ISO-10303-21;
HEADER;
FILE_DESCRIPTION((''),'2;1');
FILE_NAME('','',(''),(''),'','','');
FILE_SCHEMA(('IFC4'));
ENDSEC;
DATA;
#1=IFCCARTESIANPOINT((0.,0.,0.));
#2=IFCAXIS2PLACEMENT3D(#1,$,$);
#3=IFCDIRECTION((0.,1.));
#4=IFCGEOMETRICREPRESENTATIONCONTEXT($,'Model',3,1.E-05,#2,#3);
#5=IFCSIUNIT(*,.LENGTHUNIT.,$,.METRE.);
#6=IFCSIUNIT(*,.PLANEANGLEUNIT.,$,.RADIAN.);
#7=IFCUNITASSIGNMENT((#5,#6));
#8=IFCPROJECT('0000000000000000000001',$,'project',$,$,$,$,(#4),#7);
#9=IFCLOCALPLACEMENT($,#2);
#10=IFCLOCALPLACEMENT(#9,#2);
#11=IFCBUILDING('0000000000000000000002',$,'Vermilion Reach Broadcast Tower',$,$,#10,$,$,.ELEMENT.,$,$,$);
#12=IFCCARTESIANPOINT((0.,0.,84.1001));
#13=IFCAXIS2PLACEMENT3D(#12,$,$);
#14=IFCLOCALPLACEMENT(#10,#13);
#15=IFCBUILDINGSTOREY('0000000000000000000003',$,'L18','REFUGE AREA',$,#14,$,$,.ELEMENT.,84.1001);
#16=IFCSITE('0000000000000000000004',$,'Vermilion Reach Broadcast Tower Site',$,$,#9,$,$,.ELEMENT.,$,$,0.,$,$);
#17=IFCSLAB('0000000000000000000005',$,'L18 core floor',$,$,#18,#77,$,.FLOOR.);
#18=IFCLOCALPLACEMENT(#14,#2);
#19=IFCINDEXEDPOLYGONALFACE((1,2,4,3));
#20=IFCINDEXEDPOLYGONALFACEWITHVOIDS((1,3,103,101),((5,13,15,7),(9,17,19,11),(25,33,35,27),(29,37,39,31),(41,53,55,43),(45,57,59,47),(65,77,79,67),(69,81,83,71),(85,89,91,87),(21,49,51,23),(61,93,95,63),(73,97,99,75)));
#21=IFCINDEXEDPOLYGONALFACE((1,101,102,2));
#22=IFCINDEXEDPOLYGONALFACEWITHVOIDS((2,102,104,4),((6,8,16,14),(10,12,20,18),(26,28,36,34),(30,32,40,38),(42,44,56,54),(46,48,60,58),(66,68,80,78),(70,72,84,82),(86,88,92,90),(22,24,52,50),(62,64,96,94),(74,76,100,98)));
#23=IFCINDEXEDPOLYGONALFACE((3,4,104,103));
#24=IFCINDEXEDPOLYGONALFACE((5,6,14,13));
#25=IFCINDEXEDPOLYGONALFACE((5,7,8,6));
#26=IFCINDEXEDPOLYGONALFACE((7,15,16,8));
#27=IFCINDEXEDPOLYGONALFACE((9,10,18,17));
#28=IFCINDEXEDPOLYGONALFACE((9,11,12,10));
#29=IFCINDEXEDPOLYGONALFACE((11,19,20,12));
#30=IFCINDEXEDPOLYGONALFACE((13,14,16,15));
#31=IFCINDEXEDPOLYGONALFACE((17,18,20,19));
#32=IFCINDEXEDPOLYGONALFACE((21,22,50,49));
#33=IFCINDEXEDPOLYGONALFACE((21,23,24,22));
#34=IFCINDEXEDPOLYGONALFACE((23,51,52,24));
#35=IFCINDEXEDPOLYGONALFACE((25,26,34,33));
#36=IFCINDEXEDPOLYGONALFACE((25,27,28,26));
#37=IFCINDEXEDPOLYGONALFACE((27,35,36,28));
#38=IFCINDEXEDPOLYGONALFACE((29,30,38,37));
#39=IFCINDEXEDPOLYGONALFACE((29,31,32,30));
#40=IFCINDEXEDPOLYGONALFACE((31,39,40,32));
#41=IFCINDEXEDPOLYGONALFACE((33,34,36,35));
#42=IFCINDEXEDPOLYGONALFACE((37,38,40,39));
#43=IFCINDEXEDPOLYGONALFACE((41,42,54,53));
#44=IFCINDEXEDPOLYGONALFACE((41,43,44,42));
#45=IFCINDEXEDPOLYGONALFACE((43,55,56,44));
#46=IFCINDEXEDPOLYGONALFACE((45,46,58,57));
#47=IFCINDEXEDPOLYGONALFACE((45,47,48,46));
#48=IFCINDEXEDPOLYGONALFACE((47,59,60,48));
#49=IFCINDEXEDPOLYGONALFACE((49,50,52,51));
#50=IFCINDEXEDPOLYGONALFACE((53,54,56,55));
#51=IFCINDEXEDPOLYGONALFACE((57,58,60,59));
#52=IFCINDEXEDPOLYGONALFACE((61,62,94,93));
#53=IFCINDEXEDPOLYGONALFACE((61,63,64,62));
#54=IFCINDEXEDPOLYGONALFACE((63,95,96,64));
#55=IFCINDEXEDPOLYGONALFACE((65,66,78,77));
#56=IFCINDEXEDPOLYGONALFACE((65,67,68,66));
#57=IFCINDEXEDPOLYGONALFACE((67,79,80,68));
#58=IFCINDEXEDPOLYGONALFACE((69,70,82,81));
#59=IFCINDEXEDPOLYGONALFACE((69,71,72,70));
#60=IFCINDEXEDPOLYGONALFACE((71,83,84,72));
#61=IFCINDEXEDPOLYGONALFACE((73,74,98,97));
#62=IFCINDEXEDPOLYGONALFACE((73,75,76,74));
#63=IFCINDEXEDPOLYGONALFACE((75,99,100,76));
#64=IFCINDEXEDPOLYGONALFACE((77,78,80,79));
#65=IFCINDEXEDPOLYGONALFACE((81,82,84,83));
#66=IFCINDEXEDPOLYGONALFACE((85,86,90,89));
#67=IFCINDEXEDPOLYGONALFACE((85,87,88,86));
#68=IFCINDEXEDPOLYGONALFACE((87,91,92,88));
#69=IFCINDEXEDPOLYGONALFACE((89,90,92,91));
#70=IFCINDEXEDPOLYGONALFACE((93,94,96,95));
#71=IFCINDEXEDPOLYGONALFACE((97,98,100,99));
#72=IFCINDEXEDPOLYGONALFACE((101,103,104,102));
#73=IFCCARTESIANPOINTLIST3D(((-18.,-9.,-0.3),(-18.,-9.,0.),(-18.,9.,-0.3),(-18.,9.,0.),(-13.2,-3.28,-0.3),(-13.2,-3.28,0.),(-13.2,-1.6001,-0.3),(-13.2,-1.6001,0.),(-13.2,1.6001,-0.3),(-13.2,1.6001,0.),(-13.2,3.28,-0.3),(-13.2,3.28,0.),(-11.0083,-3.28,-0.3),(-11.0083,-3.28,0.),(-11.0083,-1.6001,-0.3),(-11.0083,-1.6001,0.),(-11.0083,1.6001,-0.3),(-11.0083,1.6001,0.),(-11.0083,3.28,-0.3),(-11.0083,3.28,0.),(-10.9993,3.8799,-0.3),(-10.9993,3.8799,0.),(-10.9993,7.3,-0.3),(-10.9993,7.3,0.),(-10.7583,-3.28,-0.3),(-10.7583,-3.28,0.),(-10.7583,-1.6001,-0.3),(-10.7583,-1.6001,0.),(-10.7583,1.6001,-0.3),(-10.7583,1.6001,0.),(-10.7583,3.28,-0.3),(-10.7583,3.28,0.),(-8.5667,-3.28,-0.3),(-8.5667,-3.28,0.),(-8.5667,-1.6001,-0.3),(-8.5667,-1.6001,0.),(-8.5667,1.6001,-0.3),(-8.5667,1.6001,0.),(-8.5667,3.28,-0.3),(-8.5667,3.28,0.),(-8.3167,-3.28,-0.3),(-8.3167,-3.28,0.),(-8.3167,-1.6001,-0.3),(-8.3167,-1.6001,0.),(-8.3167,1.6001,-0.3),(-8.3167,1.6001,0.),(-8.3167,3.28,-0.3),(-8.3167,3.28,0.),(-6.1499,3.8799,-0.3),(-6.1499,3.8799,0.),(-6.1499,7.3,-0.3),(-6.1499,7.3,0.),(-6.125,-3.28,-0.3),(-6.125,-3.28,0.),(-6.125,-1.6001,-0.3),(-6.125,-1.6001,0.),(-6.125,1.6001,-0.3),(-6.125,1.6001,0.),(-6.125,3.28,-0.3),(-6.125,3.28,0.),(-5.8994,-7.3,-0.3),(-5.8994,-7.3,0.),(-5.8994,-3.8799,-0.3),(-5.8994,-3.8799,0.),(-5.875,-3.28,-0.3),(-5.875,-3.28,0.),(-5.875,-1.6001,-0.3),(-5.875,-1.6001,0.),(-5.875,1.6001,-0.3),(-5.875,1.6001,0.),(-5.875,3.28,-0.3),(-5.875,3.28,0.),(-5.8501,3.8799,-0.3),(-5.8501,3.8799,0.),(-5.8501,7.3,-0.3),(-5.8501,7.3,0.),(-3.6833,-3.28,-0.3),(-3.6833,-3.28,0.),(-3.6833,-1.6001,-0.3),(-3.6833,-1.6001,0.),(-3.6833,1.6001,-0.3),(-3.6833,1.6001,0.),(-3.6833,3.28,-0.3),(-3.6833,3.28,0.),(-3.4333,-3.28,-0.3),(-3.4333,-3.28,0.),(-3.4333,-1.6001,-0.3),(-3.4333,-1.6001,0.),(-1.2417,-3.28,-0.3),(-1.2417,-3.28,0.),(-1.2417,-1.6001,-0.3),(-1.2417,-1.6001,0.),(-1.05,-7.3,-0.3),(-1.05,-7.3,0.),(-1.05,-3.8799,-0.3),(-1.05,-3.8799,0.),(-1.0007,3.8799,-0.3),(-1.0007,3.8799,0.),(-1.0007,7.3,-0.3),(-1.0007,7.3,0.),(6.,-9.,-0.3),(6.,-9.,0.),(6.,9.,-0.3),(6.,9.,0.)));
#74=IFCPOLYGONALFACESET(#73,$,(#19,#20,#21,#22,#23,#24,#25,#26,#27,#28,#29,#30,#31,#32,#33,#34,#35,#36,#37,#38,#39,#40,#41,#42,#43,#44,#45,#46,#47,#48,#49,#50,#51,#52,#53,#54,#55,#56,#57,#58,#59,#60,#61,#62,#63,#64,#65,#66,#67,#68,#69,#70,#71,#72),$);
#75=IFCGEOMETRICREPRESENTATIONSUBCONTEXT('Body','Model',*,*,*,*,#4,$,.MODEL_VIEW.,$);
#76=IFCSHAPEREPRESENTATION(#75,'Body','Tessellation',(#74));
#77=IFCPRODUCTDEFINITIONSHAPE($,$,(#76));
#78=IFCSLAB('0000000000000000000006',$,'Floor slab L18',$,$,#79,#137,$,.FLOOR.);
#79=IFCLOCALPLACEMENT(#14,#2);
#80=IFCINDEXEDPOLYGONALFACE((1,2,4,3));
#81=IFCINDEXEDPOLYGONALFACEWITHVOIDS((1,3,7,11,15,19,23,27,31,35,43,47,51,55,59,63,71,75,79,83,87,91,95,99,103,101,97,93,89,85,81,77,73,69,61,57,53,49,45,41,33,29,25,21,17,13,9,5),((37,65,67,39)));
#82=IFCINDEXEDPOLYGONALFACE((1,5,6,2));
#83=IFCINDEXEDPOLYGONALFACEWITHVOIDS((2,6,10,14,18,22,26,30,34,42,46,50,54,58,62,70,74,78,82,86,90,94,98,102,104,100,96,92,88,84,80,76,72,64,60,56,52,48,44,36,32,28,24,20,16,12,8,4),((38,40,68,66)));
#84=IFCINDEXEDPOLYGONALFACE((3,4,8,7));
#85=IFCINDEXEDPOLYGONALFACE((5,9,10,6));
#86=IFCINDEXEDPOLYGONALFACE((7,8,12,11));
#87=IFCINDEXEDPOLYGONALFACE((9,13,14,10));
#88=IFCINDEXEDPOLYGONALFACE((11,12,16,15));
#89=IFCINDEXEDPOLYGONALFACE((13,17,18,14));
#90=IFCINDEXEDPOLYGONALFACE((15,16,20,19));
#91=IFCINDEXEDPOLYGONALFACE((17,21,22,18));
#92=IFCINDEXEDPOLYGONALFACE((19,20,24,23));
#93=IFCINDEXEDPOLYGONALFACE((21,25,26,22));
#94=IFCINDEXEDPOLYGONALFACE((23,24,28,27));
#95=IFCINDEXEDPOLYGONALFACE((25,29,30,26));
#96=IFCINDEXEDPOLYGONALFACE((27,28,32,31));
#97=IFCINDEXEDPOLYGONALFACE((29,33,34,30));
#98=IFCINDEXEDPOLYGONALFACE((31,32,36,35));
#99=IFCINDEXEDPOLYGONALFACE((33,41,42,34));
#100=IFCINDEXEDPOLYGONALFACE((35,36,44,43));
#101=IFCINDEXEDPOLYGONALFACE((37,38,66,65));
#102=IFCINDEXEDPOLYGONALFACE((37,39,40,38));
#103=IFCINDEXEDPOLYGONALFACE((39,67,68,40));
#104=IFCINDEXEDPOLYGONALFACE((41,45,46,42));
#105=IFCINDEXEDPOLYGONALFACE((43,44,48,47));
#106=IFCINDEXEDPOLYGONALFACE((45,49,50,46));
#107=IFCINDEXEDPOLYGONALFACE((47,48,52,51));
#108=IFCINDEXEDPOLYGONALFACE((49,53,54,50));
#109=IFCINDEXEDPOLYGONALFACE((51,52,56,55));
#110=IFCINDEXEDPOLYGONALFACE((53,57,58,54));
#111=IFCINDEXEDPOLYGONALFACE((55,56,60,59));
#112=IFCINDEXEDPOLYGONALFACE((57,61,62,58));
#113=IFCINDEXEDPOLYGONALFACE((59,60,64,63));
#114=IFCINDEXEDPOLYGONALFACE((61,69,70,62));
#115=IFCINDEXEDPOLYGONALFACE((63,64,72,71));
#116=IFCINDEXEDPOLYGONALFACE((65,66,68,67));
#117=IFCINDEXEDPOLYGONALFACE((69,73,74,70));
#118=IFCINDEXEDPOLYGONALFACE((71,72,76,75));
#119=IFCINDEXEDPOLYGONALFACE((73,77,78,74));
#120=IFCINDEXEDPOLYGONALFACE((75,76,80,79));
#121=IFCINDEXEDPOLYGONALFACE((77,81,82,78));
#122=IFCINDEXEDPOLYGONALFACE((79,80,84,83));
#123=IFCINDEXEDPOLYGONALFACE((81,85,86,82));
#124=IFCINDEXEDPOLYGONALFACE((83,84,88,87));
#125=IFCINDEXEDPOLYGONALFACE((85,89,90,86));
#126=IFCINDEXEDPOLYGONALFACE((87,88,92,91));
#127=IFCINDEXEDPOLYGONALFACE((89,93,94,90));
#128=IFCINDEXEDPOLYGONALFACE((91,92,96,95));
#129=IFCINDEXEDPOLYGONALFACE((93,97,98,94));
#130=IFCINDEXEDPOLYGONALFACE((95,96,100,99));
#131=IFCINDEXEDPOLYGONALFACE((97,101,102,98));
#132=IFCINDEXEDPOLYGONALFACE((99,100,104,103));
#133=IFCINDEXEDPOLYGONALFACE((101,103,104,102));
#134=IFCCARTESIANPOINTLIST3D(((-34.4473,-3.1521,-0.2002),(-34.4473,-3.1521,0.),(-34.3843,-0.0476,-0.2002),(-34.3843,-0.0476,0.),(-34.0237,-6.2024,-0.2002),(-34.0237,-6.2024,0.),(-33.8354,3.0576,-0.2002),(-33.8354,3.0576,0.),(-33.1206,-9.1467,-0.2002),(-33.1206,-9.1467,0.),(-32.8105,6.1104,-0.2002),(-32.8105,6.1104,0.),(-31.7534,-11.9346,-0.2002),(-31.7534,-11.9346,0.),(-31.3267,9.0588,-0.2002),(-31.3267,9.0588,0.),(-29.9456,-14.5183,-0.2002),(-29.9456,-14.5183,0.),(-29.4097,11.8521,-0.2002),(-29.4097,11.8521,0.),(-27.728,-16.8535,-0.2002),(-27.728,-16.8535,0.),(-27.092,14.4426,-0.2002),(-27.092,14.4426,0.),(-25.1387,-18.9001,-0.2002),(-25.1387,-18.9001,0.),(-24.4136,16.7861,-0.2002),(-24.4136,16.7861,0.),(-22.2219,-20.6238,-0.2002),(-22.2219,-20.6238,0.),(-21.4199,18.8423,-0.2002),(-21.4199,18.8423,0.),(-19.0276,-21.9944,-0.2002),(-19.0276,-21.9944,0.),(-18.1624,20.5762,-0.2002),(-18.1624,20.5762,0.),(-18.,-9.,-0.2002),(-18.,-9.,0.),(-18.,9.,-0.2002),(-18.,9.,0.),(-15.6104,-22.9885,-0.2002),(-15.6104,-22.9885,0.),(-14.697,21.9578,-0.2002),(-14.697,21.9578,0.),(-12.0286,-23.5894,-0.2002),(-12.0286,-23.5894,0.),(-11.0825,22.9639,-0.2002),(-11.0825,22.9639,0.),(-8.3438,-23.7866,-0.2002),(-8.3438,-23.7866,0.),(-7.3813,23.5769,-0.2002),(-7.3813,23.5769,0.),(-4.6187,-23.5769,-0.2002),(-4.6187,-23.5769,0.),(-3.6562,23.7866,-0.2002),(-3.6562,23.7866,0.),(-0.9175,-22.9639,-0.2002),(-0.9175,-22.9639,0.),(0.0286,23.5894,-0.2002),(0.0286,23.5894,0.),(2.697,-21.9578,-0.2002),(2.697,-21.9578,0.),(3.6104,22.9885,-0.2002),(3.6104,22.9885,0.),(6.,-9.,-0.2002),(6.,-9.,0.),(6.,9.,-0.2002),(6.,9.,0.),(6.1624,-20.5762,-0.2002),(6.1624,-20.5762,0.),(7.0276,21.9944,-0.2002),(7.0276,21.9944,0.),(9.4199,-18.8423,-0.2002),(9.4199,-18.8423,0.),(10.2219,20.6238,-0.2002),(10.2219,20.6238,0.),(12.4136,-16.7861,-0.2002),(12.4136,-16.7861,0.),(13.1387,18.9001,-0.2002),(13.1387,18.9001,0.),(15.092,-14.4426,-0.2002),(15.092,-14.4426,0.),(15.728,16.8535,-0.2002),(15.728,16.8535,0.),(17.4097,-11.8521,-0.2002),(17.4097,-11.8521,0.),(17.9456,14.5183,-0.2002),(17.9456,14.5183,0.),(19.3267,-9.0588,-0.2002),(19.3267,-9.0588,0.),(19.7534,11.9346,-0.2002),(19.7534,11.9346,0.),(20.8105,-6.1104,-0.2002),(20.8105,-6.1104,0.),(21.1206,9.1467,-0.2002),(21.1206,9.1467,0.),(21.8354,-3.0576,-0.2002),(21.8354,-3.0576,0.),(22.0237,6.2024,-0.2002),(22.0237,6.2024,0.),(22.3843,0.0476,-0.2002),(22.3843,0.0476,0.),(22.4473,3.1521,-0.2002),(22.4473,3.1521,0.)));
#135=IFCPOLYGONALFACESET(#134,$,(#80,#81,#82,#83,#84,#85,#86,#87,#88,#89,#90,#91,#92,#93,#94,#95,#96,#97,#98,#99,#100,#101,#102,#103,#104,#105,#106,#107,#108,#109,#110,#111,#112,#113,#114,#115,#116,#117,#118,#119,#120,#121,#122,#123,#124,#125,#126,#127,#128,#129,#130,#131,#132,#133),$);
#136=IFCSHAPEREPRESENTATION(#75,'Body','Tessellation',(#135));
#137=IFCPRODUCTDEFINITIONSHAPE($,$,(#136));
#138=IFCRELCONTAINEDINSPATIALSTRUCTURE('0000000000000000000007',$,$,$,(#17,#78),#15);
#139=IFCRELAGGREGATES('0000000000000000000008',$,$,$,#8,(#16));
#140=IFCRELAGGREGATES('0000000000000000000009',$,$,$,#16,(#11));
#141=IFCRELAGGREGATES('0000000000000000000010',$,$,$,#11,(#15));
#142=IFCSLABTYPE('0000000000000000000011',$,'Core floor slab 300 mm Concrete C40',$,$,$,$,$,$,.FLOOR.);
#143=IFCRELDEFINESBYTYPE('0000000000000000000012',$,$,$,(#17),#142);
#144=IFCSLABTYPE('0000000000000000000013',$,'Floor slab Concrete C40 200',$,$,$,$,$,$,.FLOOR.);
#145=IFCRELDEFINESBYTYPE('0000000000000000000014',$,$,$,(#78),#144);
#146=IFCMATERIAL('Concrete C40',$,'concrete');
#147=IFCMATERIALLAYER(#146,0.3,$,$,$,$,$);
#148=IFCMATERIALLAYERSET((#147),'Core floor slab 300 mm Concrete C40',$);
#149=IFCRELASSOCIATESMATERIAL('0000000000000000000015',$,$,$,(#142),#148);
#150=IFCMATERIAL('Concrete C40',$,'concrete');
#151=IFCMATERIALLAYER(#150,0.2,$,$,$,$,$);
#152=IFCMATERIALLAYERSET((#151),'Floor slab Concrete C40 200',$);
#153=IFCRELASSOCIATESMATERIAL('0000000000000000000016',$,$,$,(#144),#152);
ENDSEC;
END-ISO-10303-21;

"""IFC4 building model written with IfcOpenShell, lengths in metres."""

from ifc_helpers import new_model, si_unit, direction, frame, origin, place, context, subcontext, project, spatial, polyline, outline, extrude, material, layer, layer_set, type_object, element, save


model = new_model("IFC4")

# Units and contexts
model_context = context("Model", 3, precision=1e-05, world=origin(), true_north=direction((0.0, 1.0)))
body_context = subcontext(model_context, "Body", "Model", "MODEL_VIEW")
ifc_project = project(units=[si_unit("LENGTHUNIT", "METRE"), si_unit("PLANEANGLEUNIT", "RADIAN")], contexts=[model_context])

# Site, building, storey
site_placement = place(None, origin())
site = spatial("IfcSite", under=ifc_project, at=site_placement, Name="Vermilion Reach Broadcast Tower Site", CompositionType="ELEMENT", RefElevation=0.0)
building_placement = place(site_placement, origin())
building = spatial("IfcBuilding", under=site, at=building_placement, Name="Vermilion Reach Broadcast Tower", CompositionType="ELEMENT")
storey_placement = place(building_placement, frame((0.0, 0.0, 84.1001)))
storey = spatial("IfcBuildingStorey", under=building, at=storey_placement, Name="L18", Description="REFUGE AREA", CompositionType="ELEMENT", Elevation=84.1001)

# Slabs
ifc_material_1 = material(Name="Concrete C40", Category="concrete")
ifc_layer_1 = layer(ifc_material_1, 0.3)
ifc_layer_set_1 = layer_set([ifc_layer_1], Name="Core floor slab 300 mm Concrete C40")
slab_type_1 = type_object("IfcSlabType", Name="Core floor slab 300 mm Concrete C40", PredefinedType="FLOOR", material=ifc_layer_set_1)
slab_1_placement = place(storey_placement, frame((0.0, 0.0, -0.3)))
element("IfcSlab", 1, at=slab_1_placement, inside=storey, type_object=slab_type_1, Name="L18 core floor", PredefinedType="FLOOR", context=body_context, shape_type="SweptSolid", body=[
    extrude(outline(polyline([(-18.0, -9.0), (6.0, -9.0), (6.0, 9.0), (-18.0, 9.0), (-18.0, -9.0)]), holes=[polyline([(-13.2, 1.6001), (-11.0083, 1.6001), (-11.0083, 3.28), (-13.2, 3.28), (-13.2, 1.6001)]), polyline([(-10.7583, 1.6001), (-8.5667, 1.6001), (-8.5667, 3.28), (-10.7583, 3.28), (-10.7583, 1.6001)]), polyline([(-8.3167, 1.6001), (-6.125, 1.6001), (-6.125, 3.28), (-8.3167, 3.28), (-8.3167, 1.6001)]), polyline([(-5.875, 1.6001), (-3.6833, 1.6001), (-3.6833, 3.28), (-5.875, 3.28), (-5.875, 1.6001)]), polyline([(-13.2, -3.28), (-11.0083, -3.28), (-11.0083, -1.6001), (-13.2, -1.6001), (-13.2, -3.28)]), polyline([(-10.7583, -3.28), (-8.5667, -3.28), (-8.5667, -1.6001), (-10.7583, -1.6001), (-10.7583, -3.28)]), polyline([(-8.3167, -3.28), (-6.125, -3.28), (-6.125, -1.6001), (-8.3167, -1.6001), (-8.3167, -3.28)]), polyline([(-5.875, -3.28), (-3.6833, -3.28), (-3.6833, -1.6001), (-5.875, -1.6001), (-5.875, -3.28)]), polyline([(-3.4333, -3.28), (-1.2417, -3.28), (-1.2417, -1.6001), (-3.4333, -1.6001), (-3.4333, -3.28)]), polyline([(-10.9993, 3.8799), (-6.1499, 3.8799), (-6.1499, 7.3), (-10.9993, 7.3), (-10.9993, 3.8799)]), polyline([(-1.0007, 7.3), (-5.8501, 7.3), (-5.8501, 3.8799), (-1.0007, 3.8799), (-1.0007, 7.3)]), polyline([(-5.8994, -7.3), (-1.05, -7.3), (-1.05, -3.8799), (-5.8994, -3.8799), (-5.8994, -7.3)])]), origin(), (0.0, 0.0, 1.0), 0.3),
])
ifc_material_2 = material(Name="Concrete C40", Category="concrete")
ifc_layer_2 = layer(ifc_material_2, 0.2)
ifc_layer_set_2 = layer_set([ifc_layer_2], Name="Floor slab Concrete C40 200")
slab_type_2 = type_object("IfcSlabType", Name="Floor slab Concrete C40 200", PredefinedType="FLOOR", material=ifc_layer_set_2)
slab_2_placement = place(storey_placement, frame((0.0, 0.0, -0.2002)))
element("IfcSlab", 2, at=slab_2_placement, inside=storey, type_object=slab_type_2, Name="Floor slab L18", PredefinedType="FLOOR", context=body_context, shape_type="SweptSolid", body=[
    extrude(outline(polyline([(22.0237, 6.2024), (21.1206, 9.1467), (19.7534, 11.9346), (17.9456, 14.5183), (15.728, 16.8535), (13.1387, 18.9001), (10.2219, 20.6238), (7.0276, 21.9944), (3.6104, 22.9885), (0.0286, 23.5894), (-3.6562, 23.7866), (-7.3813, 23.5769), (-11.0825, 22.9639), (-14.697, 21.9578), (-18.1624, 20.5762), (-21.4199, 18.8423), (-24.4136, 16.7861), (-27.092, 14.4426), (-29.4097, 11.8521), (-31.3267, 9.0588), (-32.8105, 6.1104), (-33.8354, 3.0576), (-34.3843, -0.0476), (-34.4473, -3.1521), (-34.0237, -6.2024), (-33.1206, -9.1467), (-31.7534, -11.9346), (-29.9456, -14.5183), (-27.728, -16.8535), (-25.1387, -18.9001), (-22.2219, -20.6238), (-19.0276, -21.9944), (-15.6104, -22.9885), (-12.0286, -23.5894), (-8.3438, -23.7866), (-4.6187, -23.5769), (-0.9175, -22.9639), (2.697, -21.9578), (6.1624, -20.5762), (9.4199, -18.8423), (12.4136, -16.7861), (15.092, -14.4426), (17.4097, -11.8521), (19.3267, -9.0588), (20.8105, -6.1104), (21.8354, -3.0576), (22.3843, 0.0476), (22.4473, 3.1521), (22.0237, 6.2024)]), holes=[polyline([(-18.0, -9.0), (6.0, -9.0), (6.0, 9.0), (-18.0, 9.0), (-18.0, -9.0)])]), origin(), (0.0, 0.0, 1.0), 0.2002),
])

save(model, "model.ifc")
